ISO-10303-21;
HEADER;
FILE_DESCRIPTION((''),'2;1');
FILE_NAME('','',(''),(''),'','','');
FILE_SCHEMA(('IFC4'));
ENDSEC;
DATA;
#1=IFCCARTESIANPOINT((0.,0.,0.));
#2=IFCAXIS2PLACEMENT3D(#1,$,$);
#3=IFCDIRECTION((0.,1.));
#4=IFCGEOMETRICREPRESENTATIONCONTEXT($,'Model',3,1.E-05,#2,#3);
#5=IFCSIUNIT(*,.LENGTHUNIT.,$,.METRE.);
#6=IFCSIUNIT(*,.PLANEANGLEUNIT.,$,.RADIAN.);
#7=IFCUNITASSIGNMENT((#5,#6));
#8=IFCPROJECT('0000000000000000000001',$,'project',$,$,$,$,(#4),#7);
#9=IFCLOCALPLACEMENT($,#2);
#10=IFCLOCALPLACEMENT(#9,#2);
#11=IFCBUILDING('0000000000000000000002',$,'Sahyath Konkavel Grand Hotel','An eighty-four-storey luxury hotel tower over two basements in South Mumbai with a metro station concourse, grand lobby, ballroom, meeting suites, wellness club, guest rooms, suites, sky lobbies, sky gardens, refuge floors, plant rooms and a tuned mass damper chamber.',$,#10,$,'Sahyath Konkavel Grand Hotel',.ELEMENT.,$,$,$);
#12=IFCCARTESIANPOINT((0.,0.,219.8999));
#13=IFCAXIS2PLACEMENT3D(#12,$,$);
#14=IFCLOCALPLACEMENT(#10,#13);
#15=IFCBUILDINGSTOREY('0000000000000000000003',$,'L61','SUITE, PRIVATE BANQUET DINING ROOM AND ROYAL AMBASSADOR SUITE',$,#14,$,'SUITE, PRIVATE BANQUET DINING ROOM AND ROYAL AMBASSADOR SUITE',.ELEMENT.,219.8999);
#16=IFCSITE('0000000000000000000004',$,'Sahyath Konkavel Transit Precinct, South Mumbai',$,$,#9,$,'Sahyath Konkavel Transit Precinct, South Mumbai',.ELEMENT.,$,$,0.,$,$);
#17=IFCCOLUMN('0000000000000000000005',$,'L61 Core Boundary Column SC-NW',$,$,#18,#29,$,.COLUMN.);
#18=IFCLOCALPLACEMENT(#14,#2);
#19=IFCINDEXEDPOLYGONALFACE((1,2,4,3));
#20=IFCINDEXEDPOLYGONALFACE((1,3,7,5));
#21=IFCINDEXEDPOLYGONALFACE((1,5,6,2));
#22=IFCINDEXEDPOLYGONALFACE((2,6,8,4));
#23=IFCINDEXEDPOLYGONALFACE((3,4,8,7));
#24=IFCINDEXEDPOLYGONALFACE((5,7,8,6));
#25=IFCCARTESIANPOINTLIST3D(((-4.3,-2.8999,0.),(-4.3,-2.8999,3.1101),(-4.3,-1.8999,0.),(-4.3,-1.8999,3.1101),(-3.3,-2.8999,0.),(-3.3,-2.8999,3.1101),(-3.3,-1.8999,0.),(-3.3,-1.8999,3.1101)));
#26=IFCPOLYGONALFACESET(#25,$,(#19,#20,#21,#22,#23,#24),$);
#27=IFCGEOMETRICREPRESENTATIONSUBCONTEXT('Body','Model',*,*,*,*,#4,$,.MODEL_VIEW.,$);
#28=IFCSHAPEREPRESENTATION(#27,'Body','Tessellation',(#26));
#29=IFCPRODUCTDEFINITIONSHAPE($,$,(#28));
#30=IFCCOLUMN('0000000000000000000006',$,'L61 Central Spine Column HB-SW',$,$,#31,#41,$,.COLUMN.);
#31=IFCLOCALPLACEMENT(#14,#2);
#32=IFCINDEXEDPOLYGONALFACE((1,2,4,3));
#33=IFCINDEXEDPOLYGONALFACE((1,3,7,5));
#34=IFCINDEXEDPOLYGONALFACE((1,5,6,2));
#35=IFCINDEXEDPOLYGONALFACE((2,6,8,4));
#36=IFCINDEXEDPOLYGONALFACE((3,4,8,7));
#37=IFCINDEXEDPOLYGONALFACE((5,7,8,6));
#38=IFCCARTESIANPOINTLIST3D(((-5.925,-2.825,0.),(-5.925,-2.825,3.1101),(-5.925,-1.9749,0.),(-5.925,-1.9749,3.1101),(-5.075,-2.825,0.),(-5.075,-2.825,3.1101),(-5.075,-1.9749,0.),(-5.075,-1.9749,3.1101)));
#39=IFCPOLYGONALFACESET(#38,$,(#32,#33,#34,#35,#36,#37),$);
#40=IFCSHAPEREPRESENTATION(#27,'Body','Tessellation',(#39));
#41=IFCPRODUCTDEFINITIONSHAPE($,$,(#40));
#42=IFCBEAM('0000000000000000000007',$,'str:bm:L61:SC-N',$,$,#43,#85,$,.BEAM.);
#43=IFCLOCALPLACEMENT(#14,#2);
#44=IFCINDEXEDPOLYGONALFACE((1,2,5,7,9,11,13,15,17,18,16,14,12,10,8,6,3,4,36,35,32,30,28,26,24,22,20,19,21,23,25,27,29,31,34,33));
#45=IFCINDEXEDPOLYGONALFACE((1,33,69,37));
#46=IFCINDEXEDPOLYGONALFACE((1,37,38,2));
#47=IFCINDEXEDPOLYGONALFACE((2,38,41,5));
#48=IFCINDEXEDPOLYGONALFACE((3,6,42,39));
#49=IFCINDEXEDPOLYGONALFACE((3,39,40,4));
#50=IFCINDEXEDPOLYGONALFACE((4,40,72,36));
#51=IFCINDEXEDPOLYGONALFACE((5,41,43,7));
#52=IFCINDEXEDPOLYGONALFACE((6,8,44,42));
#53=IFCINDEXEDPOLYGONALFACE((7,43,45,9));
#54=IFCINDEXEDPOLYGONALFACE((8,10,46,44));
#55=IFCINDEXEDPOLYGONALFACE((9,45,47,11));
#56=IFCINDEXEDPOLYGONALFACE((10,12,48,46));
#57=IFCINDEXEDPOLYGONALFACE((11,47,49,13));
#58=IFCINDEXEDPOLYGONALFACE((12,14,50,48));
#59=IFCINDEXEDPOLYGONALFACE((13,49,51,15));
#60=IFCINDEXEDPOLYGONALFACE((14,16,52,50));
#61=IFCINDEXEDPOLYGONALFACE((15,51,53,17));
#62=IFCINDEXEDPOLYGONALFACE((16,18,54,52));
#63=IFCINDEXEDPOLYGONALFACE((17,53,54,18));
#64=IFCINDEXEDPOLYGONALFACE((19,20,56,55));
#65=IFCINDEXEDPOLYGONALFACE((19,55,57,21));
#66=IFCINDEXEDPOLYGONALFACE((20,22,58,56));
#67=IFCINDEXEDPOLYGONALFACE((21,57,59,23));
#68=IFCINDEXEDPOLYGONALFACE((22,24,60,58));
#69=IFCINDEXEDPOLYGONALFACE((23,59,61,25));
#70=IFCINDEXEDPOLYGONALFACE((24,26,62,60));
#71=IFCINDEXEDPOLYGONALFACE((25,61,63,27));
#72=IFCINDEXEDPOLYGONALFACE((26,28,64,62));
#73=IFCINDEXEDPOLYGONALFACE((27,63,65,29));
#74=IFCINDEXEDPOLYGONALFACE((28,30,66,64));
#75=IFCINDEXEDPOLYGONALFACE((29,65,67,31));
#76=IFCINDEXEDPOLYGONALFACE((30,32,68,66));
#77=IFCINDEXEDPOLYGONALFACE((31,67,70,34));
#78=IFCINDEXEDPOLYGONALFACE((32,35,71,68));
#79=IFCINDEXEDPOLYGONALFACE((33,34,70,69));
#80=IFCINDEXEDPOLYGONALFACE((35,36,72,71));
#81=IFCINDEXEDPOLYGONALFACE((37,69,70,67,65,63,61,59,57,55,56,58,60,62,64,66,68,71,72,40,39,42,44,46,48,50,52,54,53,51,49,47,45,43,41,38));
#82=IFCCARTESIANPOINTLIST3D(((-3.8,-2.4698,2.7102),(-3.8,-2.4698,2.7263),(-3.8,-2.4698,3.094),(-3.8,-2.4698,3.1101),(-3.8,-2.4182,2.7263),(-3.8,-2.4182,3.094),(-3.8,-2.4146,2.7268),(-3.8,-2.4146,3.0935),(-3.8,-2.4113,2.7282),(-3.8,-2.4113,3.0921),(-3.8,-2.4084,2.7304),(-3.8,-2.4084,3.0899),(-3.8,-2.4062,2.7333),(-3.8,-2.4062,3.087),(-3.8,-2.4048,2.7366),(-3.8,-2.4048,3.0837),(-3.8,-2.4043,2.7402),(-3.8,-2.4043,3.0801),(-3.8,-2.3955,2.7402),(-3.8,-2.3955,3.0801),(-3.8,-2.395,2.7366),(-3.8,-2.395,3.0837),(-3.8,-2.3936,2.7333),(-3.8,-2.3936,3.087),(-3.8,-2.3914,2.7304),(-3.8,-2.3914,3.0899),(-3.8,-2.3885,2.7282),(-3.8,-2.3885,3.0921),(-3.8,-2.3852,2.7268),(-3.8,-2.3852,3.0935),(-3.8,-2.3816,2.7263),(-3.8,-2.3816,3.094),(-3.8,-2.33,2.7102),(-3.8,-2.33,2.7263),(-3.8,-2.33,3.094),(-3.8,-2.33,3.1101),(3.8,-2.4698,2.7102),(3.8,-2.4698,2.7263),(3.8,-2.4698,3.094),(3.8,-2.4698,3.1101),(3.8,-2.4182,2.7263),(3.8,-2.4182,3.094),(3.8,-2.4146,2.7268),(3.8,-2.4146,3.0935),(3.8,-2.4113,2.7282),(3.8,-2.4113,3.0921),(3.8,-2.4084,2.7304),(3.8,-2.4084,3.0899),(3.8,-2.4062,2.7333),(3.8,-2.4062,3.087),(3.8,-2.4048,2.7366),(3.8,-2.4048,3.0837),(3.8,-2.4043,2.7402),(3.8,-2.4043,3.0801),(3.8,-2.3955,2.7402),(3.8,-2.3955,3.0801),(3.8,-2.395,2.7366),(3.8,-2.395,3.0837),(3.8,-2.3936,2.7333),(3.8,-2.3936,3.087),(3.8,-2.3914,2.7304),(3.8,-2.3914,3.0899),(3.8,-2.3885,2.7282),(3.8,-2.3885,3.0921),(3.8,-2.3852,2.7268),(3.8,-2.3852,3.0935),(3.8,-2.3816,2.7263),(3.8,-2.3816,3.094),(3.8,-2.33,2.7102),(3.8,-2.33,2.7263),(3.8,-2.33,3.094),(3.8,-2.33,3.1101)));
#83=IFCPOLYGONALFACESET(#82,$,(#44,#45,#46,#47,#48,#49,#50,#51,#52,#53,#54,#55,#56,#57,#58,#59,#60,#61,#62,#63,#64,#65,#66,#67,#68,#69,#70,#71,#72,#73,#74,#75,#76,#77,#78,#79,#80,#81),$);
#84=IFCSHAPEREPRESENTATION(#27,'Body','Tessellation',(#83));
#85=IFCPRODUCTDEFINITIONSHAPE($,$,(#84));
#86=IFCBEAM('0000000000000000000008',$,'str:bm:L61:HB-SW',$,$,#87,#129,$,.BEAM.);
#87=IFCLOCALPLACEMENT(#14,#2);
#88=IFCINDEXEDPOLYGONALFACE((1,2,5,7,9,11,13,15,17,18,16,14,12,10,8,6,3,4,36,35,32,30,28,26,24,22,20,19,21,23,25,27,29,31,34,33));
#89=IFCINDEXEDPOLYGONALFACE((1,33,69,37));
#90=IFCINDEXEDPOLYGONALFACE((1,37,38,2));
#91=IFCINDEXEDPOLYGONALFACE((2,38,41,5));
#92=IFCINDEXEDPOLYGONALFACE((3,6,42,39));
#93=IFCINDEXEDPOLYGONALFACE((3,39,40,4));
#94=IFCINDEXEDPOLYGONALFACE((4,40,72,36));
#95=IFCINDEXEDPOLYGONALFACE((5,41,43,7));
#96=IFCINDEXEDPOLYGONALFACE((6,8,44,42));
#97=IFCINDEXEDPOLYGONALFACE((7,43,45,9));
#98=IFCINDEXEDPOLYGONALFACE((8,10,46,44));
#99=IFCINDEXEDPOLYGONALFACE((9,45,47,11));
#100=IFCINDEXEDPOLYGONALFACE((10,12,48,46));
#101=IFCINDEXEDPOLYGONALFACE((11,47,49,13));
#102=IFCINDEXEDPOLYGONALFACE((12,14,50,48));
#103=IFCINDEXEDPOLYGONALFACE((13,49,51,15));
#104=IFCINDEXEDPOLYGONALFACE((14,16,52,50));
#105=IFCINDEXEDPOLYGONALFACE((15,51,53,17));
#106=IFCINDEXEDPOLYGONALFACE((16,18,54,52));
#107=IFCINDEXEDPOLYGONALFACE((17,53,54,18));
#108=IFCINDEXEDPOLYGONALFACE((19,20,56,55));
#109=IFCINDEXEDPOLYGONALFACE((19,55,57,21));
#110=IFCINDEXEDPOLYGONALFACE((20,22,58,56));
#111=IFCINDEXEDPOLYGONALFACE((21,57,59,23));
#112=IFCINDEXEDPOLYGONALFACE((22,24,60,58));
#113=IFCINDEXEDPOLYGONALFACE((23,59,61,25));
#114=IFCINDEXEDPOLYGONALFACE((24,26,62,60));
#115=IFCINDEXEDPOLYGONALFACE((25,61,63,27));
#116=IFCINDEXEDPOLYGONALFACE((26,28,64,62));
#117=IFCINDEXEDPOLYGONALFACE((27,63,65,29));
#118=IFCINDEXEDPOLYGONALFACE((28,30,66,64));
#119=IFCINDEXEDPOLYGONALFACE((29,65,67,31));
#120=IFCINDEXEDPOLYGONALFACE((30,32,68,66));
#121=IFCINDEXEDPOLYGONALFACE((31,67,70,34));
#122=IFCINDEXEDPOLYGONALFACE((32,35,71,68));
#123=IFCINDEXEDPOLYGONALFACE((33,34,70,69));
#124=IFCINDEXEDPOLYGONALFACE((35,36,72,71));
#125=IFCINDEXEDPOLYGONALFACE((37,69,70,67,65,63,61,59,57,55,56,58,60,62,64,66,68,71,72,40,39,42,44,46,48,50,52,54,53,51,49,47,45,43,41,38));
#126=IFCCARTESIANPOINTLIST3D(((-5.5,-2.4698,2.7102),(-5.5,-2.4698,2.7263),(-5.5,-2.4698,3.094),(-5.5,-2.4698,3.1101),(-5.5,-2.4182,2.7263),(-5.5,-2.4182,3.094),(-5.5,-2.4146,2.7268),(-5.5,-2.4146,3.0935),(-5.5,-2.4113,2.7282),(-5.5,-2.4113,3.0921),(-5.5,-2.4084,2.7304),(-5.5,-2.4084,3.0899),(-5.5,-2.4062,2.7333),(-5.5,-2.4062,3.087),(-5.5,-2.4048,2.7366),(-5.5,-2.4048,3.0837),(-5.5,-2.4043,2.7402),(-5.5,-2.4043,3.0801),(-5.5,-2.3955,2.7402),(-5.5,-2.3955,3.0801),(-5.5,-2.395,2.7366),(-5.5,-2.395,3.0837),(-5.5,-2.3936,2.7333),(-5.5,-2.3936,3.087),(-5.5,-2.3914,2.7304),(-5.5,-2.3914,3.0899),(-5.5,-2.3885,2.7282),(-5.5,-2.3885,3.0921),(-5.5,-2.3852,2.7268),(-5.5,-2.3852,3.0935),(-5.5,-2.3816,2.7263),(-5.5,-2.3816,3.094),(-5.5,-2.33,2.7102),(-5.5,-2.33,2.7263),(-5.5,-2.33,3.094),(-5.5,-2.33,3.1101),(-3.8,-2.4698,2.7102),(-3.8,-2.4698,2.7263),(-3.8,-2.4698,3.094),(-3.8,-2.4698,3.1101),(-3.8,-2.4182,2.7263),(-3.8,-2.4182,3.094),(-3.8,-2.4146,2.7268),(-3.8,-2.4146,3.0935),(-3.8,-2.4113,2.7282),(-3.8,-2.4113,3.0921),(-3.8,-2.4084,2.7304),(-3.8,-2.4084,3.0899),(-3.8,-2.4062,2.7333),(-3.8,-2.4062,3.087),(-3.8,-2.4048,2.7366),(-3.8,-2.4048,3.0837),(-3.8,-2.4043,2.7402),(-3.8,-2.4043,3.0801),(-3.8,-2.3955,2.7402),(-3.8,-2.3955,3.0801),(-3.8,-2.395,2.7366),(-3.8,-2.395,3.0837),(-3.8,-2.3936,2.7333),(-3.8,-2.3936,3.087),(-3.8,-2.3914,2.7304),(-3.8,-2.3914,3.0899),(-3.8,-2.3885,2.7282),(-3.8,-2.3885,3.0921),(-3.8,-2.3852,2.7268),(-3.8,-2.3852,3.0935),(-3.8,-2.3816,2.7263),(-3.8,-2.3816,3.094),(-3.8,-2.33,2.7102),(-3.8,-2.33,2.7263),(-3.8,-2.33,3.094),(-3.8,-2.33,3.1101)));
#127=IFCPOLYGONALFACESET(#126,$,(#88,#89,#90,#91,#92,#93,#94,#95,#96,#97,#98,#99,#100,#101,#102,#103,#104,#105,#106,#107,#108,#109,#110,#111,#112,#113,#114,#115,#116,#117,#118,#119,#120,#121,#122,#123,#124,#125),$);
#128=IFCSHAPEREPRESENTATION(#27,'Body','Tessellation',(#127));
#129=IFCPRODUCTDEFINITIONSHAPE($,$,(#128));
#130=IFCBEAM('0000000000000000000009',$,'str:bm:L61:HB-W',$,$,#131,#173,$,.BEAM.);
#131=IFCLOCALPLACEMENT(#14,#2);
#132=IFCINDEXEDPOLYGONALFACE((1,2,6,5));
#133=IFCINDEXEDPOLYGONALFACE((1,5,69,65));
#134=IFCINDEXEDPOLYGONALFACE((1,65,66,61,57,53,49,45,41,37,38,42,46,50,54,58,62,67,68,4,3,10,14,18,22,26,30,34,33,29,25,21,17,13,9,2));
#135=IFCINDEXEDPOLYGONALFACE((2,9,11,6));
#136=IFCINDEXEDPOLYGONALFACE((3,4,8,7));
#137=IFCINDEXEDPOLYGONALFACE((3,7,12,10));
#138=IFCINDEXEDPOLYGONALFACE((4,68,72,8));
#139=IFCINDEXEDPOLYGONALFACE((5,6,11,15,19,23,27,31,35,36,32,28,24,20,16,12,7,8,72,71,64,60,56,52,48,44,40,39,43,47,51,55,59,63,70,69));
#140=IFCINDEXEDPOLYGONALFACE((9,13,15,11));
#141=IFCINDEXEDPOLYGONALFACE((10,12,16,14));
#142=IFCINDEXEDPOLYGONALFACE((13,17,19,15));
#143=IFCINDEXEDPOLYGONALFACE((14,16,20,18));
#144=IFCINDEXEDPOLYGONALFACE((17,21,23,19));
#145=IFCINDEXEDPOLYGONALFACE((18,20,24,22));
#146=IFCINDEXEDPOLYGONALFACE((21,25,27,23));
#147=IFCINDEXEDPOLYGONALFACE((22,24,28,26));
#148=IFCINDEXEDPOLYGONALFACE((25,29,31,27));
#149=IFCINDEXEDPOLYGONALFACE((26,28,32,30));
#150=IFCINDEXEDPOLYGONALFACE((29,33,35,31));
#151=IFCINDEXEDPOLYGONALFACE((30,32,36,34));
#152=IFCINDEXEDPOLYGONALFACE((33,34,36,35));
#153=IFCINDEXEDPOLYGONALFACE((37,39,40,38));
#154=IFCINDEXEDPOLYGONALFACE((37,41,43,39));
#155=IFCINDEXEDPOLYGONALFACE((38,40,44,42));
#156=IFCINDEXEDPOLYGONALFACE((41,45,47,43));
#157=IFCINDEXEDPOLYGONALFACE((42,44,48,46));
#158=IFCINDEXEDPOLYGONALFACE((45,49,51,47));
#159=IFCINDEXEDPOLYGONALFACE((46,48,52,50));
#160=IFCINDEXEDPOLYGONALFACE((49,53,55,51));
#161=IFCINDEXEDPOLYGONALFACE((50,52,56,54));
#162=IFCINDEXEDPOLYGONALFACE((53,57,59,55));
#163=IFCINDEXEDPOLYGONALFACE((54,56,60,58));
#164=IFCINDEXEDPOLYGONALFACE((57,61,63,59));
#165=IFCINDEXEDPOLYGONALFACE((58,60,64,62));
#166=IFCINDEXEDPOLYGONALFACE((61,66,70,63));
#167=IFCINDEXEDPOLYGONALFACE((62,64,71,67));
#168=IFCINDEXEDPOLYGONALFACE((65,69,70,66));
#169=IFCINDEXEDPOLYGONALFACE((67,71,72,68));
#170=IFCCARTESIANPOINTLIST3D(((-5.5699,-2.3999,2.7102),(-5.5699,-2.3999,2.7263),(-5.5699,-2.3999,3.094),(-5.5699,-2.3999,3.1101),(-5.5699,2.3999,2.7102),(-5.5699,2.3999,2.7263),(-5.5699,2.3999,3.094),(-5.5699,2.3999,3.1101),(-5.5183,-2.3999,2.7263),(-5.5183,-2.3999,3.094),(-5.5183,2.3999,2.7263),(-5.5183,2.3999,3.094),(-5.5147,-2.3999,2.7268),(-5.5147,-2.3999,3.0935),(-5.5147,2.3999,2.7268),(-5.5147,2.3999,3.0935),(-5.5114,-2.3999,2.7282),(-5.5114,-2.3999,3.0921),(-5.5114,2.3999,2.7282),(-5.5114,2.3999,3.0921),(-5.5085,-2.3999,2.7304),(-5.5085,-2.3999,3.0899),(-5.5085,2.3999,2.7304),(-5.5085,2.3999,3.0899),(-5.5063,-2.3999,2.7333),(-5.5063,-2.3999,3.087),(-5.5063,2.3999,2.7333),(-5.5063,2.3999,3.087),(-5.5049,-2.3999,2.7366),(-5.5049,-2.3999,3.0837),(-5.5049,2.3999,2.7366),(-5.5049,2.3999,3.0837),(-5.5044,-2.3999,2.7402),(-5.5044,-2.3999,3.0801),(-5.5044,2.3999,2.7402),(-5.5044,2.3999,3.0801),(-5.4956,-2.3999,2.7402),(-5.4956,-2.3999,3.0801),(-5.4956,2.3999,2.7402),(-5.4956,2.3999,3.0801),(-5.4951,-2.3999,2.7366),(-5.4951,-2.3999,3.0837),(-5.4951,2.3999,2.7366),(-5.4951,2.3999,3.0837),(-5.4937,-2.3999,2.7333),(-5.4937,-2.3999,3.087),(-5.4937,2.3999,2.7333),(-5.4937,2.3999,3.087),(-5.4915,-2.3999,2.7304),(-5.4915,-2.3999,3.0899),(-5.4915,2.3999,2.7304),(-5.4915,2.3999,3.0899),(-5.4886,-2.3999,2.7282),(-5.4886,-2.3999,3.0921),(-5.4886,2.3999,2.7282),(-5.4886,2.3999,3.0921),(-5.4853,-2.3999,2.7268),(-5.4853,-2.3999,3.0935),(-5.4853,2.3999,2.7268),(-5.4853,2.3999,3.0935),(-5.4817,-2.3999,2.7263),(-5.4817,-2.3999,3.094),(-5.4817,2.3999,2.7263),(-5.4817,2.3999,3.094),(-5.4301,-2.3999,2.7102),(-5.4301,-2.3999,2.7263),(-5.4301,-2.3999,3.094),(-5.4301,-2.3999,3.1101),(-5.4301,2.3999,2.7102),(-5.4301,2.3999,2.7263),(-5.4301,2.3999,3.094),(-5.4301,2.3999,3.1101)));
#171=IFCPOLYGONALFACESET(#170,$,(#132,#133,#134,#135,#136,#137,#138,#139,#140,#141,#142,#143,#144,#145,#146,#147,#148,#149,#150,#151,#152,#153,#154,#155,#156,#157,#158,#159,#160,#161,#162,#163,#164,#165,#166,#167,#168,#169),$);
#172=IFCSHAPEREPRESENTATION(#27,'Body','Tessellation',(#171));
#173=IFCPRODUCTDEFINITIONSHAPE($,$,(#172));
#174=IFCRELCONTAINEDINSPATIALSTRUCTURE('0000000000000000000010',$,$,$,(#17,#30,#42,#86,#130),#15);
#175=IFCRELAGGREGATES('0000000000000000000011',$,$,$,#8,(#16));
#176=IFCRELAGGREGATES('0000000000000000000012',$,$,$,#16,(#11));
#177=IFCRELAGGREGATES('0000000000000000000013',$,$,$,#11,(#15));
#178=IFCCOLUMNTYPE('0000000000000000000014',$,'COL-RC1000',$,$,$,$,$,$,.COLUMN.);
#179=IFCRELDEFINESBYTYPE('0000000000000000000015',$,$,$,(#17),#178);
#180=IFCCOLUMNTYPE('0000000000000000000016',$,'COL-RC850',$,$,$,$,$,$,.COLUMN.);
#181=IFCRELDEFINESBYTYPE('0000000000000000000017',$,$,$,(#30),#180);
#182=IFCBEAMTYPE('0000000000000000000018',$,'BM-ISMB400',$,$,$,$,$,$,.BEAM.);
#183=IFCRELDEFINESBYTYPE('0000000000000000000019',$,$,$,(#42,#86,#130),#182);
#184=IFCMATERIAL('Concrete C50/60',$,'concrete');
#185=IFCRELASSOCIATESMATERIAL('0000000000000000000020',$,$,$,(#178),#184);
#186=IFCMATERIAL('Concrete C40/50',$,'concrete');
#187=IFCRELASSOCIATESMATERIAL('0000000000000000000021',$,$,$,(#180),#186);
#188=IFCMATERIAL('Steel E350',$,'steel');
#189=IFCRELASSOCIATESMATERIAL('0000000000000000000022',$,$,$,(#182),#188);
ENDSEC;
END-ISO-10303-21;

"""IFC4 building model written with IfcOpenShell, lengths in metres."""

from ifc_helpers import new_model, si_unit, direction, frame, origin, origin_2d, place, context, subcontext, project, spatial, rectangle, i_section, extrude, source, transform, mapped, material, material_profile, profile_set, type_object, element, save


model = new_model("IFC4")

# Units and contexts
model_context = context("Model", 3, precision=1e-05, world=origin(), true_north=direction((0.0, 1.0)))
body_context = subcontext(model_context, "Body", "Model", "MODEL_VIEW")
ifc_project = project(units=[si_unit("LENGTHUNIT", "METRE"), si_unit("PLANEANGLEUNIT", "RADIAN")], contexts=[model_context])

# Site, building, storey
site_placement = place(None, origin())
site = spatial("IfcSite", under=ifc_project, at=site_placement, Name="Sahyath Konkavel Transit Precinct, South Mumbai", LongName="Sahyath Konkavel Transit Precinct, South Mumbai", CompositionType="ELEMENT", RefElevation=0.0)
building_placement = place(site_placement, origin())
building = spatial("IfcBuilding", under=site, at=building_placement, Name="Sahyath Konkavel Grand Hotel", Description="An eighty-four-storey luxury hotel tower over two basements in South Mumbai with a metro station concourse, grand lobby, ballroom, meeting suites, wellness club, guest rooms, suites, sky lobbies, sky gardens, refuge floors, plant rooms and a tuned mass damper chamber.", LongName="Sahyath Konkavel Grand Hotel", CompositionType="ELEMENT")
storey_placement = place(building_placement, frame((0.0, 0.0, 219.8999)))
storey = spatial("IfcBuildingStorey", under=building, at=storey_placement, Name="L61", Description="SUITE, PRIVATE BANQUET DINING ROOM AND ROYAL AMBASSADOR SUITE", LongName="SUITE, PRIVATE BANQUET DINING ROOM AND ROYAL AMBASSADOR SUITE", CompositionType="ELEMENT", Elevation=219.8999)

# Columns
ifc_material_1 = material(Name="Concrete C50/60", Category="concrete")
ifc_material_profile_1 = material_profile(ifc_material_1, rectangle(XDim=1.0, YDim=1.0, at=origin_2d()), Name="RC 1000x1000")
ifc_profile_set_1 = profile_set([ifc_material_profile_1], Name="Concrete C50/60")
column_type_1 = type_object("IfcColumnType", Name="COL-RC1000", PredefinedType="COLUMN", material=ifc_profile_set_1)
shared_shape_1 = source(origin(), body_context, "Body", "SweptSolid", [
    extrude(rectangle(XDim=1.0, YDim=1.0, at=origin_2d()), origin(), (0.0, 0.0, 1.0), 3.1101),
])
column_1_placement = place(storey_placement, frame((-3.8, -2.3999, 0.0), z_axis=(0.0, 0.0, 1.0), x_axis=(1.0, 0.0, 0.0)))
element("IfcColumn", 1, at=column_1_placement, inside=storey, type_object=column_type_1, Name="L61 Core Boundary Column SC-NW", PredefinedType="COLUMN", context=body_context, shape_type="MappedRepresentation", body=[
    mapped(shared_shape_1, transform((0.0, 0.0, 0.0), scale=1.0)),
])
ifc_material_2 = material(Name="Concrete C40/50", Category="concrete")
ifc_material_profile_2 = material_profile(ifc_material_2, rectangle(XDim=0.8501, YDim=0.8501, at=origin_2d()), Name="RC 850x850")
ifc_profile_set_2 = profile_set([ifc_material_profile_2], Name="Concrete C40/50")
column_type_2 = type_object("IfcColumnType", Name="COL-RC850", PredefinedType="COLUMN", material=ifc_profile_set_2)
shared_shape_2 = source(origin(), body_context, "Body", "SweptSolid", [
    extrude(rectangle(XDim=0.8501, YDim=0.8501, at=origin_2d()), origin(), (0.0, 0.0, 1.0), 3.1101),
])
column_2_placement = place(storey_placement, frame((-5.5, -2.3999, 0.0), z_axis=(0.0, 0.0, 1.0), x_axis=(1.0, 0.0, 0.0)))
element("IfcColumn", 2, at=column_2_placement, inside=storey, type_object=column_type_2, Name="L61 Central Spine Column HB-SW", PredefinedType="COLUMN", context=body_context, shape_type="MappedRepresentation", body=[
    mapped(shared_shape_2, transform((0.0, 0.0, 0.0), scale=1.0)),
])

# Beams
ifc_material_3 = material(Name="Steel E350", Category="steel")
ifc_material_profile_3 = material_profile(ifc_material_3, i_section(OverallWidth=0.1399, OverallDepth=0.3999, WebThickness=0.0088, FlangeThickness=0.0161, FilletRadius=0.0139, at=origin_2d()), Name="ISMB 400")
ifc_profile_set_3 = profile_set([ifc_material_profile_3], Name="Steel E350")
beam_type_1 = type_object("IfcBeamType", Name="BM-ISMB400", PredefinedType="BEAM", material=ifc_profile_set_3)
shared_shape_3 = source(origin(), body_context, "Body", "SweptSolid", [
    extrude(i_section(OverallWidth=0.1399, OverallDepth=0.3999, WebThickness=0.0088, FlangeThickness=0.0161, FilletRadius=0.0139, at=origin_2d()), origin(), (0.0, 0.0, 1.0), 7.6001),
])
beam_1_placement = place(storey_placement, frame((-3.8, -2.3999, 2.9102), z_axis=(1.0, 0.0, 0.0), x_axis=(0.0, 1.0, 0.0)))
element("IfcBeam", 3, at=beam_1_placement, inside=storey, type_object=beam_type_1, Name="str:bm:L61:SC-N", PredefinedType="BEAM", context=body_context, shape_type="MappedRepresentation", body=[
    mapped(shared_shape_3, transform((0.0, 0.0, 0.0), scale=1.0)),
])
shared_shape_4 = source(origin(), body_context, "Body", "SweptSolid", [
    extrude(i_section(OverallWidth=0.1399, OverallDepth=0.3999, WebThickness=0.0088, FlangeThickness=0.0161, FilletRadius=0.0139, at=origin_2d()), origin(), (0.0, 0.0, 1.0), 1.7),
])
beam_2_placement = place(storey_placement, frame((-5.5, -2.3999, 2.9102), z_axis=(1.0, 0.0, 0.0), x_axis=(0.0, 1.0, 0.0)))
element("IfcBeam", 4, at=beam_2_placement, inside=storey, type_object=beam_type_1, Name="str:bm:L61:HB-SW", PredefinedType="BEAM", context=body_context, shape_type="MappedRepresentation", body=[
    mapped(shared_shape_4, transform((0.0, 0.0, 0.0), scale=1.0)),
])
shared_shape_5 = source(origin(), body_context, "Body", "SweptSolid", [
    extrude(i_section(OverallWidth=0.1399, OverallDepth=0.3999, WebThickness=0.0088, FlangeThickness=0.0161, FilletRadius=0.0139, at=origin_2d()), origin(), (0.0, 0.0, 1.0), 4.7998),
])
beam_3_placement = place(storey_placement, frame((-5.5, -2.3999, 2.9102), z_axis=(0.0, 1.0, 0.0), x_axis=(-1.0, 0.0, 0.0)))
element("IfcBeam", 5, at=beam_3_placement, inside=storey, type_object=beam_type_1, Name="str:bm:L61:HB-W", PredefinedType="BEAM", context=body_context, shape_type="MappedRepresentation", body=[
    mapped(shared_shape_5, transform((0.0, 0.0, 0.0), scale=1.0)),
])

save(model, "model.ifc")
